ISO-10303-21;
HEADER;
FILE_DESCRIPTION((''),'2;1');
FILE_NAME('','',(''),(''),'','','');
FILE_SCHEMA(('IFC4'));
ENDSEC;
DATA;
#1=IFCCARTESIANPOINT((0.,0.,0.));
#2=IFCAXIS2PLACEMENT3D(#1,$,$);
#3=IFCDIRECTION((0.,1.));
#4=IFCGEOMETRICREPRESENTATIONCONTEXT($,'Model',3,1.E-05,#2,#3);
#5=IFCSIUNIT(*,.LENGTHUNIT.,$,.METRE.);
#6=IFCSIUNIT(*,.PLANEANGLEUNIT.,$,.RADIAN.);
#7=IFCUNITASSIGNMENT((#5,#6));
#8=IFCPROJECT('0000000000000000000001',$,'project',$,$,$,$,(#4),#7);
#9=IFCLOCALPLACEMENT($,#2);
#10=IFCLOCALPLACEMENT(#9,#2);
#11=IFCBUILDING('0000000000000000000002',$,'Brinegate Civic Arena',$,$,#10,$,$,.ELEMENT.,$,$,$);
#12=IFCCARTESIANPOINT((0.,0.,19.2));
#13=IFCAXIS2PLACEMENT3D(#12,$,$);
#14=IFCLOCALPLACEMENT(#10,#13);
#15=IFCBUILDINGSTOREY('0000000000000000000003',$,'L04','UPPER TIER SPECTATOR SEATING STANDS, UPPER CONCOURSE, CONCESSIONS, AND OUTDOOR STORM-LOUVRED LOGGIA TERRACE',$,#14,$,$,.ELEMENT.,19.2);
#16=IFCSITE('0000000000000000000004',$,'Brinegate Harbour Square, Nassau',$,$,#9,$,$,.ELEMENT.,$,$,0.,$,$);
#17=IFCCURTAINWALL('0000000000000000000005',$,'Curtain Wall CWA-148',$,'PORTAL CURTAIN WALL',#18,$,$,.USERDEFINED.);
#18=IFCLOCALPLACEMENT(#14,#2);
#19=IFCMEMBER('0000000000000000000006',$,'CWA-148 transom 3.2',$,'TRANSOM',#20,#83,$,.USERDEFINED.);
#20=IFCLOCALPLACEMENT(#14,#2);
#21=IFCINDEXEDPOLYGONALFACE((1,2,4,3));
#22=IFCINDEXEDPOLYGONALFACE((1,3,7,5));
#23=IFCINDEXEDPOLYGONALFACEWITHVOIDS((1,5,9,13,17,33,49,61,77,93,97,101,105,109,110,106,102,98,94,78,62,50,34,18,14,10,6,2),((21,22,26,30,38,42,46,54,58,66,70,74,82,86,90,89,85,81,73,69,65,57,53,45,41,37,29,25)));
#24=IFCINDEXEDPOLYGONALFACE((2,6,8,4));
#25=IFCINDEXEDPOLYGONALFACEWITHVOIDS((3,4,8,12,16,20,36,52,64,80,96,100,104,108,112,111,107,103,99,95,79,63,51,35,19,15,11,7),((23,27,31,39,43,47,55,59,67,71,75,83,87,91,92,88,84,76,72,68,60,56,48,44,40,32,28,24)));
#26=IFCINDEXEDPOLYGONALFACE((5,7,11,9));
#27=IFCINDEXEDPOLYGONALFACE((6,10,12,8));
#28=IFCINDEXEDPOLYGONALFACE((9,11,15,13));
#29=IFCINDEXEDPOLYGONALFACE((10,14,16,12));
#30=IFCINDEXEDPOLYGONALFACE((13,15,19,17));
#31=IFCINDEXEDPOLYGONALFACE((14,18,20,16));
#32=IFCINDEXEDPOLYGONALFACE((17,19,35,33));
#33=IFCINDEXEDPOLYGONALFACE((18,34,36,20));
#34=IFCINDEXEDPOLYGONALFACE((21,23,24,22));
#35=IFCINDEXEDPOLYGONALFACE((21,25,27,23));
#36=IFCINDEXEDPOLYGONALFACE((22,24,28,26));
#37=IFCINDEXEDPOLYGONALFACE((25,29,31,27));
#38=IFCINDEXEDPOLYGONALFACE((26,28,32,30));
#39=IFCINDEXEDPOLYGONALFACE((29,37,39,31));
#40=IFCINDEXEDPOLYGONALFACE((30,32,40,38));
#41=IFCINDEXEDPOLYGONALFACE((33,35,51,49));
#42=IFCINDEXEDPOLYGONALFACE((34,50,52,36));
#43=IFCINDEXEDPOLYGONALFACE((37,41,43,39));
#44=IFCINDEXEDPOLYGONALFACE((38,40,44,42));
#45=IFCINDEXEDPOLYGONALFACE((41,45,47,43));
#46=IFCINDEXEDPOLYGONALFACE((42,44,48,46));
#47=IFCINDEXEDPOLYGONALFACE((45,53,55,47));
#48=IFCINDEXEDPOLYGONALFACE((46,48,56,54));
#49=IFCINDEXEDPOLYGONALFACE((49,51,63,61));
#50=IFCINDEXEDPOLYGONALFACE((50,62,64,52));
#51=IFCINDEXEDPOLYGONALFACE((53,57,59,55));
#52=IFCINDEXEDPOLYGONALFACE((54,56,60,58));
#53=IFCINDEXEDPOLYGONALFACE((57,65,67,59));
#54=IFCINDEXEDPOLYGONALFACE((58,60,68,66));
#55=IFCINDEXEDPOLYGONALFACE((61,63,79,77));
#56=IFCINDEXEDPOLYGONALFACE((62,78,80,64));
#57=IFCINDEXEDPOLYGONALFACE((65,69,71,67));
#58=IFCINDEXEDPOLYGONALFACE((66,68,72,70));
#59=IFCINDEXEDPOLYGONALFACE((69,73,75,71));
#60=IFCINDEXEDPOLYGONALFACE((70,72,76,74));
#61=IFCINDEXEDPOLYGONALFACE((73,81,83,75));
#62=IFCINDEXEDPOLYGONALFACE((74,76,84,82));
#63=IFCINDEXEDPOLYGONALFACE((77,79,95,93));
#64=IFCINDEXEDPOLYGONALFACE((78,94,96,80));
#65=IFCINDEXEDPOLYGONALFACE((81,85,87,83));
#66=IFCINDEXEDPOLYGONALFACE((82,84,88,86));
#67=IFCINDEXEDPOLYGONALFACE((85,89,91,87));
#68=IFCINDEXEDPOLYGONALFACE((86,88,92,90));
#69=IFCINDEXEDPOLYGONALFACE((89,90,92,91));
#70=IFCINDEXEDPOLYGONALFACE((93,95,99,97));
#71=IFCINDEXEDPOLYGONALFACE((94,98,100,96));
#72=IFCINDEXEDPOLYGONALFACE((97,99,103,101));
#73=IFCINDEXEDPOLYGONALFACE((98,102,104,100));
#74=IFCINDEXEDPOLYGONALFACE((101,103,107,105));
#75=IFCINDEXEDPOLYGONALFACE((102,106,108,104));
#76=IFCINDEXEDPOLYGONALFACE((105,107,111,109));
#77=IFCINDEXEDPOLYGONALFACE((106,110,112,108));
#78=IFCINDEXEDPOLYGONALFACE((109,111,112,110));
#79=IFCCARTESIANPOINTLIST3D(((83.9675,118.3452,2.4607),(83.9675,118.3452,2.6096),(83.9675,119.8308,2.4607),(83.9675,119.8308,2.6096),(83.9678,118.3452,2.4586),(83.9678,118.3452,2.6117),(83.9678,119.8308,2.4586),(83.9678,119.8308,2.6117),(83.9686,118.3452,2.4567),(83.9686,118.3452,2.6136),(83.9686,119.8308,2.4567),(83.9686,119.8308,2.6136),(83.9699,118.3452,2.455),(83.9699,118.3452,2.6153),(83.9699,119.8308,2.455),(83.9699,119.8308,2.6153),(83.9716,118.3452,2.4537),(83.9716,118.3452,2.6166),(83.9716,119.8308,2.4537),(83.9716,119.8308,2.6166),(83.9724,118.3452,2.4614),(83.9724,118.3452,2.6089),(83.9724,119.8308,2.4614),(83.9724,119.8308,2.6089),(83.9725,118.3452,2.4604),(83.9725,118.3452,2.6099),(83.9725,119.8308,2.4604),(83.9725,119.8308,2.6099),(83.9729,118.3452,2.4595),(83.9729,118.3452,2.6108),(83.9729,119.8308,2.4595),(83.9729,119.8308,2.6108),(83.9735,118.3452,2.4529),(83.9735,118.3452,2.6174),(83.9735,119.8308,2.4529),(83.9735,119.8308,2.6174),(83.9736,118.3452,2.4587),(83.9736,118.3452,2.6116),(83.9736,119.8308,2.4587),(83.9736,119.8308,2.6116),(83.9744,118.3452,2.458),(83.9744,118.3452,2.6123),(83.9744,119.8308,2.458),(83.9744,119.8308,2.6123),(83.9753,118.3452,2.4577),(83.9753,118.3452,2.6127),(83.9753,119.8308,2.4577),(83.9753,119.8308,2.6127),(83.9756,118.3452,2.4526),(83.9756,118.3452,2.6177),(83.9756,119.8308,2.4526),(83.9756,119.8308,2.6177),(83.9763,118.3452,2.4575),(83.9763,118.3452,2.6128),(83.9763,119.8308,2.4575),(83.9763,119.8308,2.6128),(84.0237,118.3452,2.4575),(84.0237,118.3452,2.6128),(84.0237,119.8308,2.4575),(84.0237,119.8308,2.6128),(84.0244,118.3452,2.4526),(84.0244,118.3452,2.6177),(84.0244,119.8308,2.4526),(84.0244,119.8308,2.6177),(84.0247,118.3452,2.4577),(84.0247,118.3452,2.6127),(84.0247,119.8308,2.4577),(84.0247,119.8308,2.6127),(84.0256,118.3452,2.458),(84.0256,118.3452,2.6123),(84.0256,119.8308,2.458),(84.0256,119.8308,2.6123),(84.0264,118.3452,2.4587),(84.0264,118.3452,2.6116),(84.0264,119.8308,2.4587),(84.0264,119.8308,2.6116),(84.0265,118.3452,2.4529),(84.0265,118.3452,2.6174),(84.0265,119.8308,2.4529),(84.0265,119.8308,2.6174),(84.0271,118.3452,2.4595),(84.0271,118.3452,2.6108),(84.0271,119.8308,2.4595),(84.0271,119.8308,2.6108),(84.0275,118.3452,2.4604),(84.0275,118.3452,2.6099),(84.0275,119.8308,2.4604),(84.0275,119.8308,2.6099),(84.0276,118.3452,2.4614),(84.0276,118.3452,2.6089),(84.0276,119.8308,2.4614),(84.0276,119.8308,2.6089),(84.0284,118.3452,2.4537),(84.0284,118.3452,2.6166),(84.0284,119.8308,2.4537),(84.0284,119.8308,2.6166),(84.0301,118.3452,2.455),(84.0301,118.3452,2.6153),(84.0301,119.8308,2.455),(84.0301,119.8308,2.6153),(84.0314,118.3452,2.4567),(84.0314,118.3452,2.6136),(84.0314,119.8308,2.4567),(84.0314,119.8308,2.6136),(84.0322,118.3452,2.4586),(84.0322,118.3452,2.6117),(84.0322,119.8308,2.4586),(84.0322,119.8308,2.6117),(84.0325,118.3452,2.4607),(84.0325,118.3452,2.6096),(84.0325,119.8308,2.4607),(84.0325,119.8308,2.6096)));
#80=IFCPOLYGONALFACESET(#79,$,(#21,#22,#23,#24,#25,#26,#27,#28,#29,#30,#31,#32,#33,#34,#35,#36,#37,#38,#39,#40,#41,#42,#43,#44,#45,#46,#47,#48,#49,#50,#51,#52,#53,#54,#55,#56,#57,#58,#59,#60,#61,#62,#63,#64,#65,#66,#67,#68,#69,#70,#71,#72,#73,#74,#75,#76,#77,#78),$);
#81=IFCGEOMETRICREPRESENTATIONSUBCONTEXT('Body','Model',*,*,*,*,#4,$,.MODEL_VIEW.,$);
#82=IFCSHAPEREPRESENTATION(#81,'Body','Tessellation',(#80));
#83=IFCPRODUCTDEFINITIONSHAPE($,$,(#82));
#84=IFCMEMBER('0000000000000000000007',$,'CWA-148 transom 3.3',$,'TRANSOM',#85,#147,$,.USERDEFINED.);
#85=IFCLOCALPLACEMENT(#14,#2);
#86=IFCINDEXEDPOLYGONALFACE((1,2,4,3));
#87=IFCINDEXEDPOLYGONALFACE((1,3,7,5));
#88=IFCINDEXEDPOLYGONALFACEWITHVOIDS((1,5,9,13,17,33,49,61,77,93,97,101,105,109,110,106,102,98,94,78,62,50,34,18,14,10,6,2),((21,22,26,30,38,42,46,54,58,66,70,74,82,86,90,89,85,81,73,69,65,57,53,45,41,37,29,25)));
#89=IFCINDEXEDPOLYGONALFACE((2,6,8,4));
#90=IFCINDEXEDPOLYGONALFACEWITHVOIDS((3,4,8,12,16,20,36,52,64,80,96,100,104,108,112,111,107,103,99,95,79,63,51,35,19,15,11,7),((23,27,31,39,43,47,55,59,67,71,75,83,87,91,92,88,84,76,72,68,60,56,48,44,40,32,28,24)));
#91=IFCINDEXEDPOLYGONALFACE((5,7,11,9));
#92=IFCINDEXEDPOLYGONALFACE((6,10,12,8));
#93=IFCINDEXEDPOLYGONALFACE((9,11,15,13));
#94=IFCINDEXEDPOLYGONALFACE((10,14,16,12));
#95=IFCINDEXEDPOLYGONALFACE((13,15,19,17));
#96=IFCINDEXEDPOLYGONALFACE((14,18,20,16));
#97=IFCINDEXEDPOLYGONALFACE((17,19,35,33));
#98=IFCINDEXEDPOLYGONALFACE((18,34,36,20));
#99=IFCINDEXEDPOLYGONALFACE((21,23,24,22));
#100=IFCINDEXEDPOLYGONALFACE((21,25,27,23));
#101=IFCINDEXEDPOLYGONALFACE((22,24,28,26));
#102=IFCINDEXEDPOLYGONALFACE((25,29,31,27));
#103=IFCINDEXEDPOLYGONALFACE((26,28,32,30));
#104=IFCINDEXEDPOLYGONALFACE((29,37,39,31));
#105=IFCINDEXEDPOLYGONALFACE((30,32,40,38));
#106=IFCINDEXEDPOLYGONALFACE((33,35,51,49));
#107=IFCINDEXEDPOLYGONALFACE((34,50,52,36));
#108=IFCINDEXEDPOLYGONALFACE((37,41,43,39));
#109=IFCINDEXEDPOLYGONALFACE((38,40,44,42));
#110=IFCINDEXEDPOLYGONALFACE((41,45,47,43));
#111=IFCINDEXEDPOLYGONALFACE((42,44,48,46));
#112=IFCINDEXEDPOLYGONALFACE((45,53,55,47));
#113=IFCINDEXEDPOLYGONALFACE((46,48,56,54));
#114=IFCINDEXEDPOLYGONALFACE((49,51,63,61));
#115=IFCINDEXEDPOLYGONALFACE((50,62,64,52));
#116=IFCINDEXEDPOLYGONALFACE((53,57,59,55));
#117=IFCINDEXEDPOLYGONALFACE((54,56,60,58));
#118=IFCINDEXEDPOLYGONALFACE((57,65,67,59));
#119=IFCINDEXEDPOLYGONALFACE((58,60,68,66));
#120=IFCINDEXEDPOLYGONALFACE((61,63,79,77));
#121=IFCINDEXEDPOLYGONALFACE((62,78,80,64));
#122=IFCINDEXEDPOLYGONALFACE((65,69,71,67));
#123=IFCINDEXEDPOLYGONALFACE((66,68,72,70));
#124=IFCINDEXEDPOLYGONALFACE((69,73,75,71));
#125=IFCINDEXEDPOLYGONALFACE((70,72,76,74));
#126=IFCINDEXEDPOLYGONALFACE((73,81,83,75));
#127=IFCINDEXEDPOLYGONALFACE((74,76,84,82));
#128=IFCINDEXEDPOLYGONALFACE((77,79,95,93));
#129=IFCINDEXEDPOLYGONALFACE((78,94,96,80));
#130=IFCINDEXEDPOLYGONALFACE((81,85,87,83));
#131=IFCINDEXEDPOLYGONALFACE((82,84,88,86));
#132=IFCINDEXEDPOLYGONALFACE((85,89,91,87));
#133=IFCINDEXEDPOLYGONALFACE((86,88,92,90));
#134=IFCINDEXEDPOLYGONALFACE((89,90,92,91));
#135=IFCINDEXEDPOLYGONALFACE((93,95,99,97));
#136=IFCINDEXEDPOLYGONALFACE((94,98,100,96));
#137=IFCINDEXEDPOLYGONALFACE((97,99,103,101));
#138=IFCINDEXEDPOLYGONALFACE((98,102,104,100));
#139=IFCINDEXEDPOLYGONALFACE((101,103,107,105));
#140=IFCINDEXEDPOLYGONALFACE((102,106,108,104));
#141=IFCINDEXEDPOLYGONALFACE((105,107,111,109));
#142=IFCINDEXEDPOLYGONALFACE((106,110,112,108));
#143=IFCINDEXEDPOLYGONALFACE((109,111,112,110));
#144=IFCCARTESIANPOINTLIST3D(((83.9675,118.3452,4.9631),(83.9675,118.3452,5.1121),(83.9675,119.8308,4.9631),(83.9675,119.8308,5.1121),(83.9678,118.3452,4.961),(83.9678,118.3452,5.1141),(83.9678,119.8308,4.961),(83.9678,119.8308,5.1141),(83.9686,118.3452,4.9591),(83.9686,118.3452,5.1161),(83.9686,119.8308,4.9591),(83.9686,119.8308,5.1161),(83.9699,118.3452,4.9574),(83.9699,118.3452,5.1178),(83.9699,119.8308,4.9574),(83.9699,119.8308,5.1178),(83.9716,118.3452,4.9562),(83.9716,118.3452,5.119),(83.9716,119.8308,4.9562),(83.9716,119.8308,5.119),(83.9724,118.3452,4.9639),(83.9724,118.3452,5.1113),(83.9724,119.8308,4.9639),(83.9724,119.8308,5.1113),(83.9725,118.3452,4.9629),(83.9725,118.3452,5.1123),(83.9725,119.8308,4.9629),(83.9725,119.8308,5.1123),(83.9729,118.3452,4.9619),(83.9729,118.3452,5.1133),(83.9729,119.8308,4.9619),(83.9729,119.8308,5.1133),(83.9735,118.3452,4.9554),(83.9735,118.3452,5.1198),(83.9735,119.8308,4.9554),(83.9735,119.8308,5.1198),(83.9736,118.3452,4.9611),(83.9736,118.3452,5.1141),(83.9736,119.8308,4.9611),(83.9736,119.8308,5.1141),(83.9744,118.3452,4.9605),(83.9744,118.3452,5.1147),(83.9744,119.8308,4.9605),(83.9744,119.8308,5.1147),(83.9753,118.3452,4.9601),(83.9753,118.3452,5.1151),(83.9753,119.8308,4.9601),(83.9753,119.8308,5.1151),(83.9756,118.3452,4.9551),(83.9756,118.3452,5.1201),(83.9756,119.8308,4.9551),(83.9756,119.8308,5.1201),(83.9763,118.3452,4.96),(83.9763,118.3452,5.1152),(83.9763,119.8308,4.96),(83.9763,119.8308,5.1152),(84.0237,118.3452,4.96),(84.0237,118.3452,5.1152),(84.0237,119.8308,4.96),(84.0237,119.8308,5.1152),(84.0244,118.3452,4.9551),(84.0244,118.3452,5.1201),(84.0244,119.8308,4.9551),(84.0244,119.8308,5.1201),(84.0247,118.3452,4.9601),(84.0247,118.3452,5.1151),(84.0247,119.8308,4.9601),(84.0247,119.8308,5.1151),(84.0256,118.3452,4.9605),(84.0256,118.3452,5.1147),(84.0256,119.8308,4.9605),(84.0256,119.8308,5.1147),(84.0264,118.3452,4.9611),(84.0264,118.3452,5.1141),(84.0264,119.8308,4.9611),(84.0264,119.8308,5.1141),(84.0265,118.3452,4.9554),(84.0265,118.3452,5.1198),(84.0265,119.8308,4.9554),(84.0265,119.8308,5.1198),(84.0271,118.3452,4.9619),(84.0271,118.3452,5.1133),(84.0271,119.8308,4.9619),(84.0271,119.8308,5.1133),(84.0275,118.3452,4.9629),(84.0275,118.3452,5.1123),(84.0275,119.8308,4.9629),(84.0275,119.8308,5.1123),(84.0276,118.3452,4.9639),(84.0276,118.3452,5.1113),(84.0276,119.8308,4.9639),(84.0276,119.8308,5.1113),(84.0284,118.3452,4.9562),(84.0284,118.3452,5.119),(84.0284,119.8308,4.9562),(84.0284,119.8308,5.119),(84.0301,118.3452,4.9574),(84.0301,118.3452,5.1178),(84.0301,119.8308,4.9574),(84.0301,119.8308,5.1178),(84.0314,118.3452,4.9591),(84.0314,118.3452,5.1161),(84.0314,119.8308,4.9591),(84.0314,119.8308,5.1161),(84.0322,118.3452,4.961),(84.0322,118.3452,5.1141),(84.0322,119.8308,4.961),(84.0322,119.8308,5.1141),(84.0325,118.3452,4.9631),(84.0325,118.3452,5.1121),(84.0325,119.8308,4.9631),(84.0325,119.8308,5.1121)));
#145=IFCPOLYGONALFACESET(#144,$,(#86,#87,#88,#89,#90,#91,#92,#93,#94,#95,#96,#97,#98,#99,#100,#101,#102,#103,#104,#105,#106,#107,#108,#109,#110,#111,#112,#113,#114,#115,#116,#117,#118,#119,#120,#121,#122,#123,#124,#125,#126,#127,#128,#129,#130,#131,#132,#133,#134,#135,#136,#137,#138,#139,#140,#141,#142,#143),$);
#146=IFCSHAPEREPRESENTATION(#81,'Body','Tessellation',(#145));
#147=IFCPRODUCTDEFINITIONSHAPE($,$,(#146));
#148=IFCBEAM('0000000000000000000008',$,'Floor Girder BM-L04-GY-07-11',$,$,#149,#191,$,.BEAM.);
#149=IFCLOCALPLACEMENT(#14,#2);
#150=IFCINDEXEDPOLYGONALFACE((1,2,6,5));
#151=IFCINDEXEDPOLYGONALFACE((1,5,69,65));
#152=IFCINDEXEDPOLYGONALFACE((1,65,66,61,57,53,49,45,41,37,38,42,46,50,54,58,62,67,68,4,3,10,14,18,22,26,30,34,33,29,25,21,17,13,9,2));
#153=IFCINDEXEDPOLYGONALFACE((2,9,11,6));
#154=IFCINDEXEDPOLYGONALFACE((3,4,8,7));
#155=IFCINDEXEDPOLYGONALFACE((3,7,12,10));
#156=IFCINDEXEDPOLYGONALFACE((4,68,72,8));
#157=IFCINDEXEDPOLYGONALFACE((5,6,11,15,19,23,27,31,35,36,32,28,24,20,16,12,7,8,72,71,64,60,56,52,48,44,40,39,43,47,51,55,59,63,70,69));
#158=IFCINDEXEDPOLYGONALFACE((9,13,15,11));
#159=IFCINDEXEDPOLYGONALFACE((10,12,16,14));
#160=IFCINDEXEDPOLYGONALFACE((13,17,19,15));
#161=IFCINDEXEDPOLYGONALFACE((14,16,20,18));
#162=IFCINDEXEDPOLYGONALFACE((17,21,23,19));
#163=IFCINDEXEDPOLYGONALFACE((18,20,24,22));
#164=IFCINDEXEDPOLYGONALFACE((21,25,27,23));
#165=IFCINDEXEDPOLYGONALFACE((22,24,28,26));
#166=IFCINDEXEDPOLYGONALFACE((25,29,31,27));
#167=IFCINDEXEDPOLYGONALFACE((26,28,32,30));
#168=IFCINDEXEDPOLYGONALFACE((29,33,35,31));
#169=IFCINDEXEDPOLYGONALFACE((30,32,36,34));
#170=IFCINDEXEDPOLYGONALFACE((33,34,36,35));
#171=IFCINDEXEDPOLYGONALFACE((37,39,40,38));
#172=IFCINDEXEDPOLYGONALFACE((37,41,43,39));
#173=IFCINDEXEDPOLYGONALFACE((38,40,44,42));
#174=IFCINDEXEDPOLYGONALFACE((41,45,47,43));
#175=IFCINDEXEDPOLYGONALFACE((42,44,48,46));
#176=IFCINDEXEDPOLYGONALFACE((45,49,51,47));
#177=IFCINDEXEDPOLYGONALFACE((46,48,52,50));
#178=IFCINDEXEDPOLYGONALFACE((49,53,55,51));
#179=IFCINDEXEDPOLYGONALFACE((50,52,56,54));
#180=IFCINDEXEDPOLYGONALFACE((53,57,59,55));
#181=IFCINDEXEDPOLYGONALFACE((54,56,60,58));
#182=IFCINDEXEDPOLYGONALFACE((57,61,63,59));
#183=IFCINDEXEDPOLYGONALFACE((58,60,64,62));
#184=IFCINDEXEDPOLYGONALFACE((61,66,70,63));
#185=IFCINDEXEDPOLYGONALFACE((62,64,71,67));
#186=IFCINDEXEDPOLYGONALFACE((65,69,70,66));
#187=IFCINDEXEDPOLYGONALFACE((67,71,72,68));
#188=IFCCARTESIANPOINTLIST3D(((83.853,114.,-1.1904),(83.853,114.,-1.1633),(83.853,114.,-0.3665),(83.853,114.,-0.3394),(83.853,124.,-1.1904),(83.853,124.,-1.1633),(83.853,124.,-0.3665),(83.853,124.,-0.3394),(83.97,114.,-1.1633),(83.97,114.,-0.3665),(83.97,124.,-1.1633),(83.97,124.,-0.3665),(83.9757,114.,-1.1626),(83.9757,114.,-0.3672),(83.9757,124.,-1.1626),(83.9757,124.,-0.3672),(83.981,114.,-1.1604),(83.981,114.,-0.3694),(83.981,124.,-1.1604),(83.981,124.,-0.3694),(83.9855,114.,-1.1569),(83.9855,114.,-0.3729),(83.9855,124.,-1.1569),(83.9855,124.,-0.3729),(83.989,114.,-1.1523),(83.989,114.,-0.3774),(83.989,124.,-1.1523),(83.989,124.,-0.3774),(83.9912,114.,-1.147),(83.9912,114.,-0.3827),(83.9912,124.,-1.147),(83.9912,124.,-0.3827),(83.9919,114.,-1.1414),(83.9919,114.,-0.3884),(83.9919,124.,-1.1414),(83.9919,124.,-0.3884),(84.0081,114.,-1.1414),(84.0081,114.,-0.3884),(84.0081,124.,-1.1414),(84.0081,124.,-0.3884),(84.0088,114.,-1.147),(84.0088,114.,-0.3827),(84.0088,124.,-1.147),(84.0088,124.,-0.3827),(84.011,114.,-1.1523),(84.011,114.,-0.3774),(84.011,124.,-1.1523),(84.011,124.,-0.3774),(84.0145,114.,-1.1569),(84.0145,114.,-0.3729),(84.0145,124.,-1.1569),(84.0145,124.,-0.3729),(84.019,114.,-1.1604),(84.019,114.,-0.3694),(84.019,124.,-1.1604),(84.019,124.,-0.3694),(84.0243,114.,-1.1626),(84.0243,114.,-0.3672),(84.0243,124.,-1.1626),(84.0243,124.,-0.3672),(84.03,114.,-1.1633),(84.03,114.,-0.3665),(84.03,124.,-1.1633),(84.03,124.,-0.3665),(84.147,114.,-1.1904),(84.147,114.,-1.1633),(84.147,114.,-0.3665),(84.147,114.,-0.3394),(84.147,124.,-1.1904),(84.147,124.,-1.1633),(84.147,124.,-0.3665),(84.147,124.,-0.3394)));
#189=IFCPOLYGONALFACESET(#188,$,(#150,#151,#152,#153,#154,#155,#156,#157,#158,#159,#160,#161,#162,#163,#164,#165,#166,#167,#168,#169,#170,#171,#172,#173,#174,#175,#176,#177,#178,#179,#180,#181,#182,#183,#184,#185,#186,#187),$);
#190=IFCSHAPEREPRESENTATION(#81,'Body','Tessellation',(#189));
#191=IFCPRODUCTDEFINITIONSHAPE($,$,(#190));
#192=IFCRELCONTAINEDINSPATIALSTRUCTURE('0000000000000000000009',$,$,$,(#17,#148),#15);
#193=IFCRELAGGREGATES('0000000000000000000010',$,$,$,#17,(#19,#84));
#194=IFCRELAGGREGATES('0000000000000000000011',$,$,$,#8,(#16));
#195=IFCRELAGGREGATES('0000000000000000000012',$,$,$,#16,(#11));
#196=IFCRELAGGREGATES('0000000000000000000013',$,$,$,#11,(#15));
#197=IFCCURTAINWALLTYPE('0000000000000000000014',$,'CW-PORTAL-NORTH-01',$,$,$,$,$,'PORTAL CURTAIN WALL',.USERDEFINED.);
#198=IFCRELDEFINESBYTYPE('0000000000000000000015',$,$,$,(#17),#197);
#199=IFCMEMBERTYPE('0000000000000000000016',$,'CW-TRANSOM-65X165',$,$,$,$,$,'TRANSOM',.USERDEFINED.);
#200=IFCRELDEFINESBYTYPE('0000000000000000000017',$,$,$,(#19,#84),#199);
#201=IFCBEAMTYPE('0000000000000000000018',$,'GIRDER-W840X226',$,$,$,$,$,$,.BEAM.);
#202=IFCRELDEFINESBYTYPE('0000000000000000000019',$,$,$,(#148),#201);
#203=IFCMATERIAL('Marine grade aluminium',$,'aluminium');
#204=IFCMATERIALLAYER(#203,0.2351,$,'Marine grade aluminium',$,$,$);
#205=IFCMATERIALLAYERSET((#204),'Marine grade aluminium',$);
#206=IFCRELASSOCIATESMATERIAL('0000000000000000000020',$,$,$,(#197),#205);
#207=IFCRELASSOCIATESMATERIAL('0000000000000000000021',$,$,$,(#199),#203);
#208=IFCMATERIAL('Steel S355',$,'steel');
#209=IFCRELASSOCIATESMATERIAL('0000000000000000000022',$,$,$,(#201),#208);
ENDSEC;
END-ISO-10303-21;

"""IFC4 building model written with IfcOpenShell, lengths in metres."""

from ifc_helpers import new_model, si_unit, direction, frame, origin, origin_2d, place, context, subcontext, project, spatial, hollow_rectangle, i_section, extrude, material, layer, layer_set, material_profile, profile_set, type_object, element, aggregate, save


model = new_model("IFC4")

# Units and contexts
model_context = context("Model", 3, precision=1e-05, world=origin(), true_north=direction((0.0, 1.0)))
body_context = subcontext(model_context, "Body", "Model", "MODEL_VIEW")
ifc_project = project(units=[si_unit("LENGTHUNIT", "METRE"), si_unit("PLANEANGLEUNIT", "RADIAN")], contexts=[model_context])

# Site, building, storey
site_placement = place(None, origin())
site = spatial("IfcSite", under=ifc_project, at=site_placement, Name="Brinegate Harbour Square, Nassau", CompositionType="ELEMENT", RefElevation=0.0)
building_placement = place(site_placement, origin())
building = spatial("IfcBuilding", under=site, at=building_placement, Name="Brinegate Civic Arena", CompositionType="ELEMENT")
storey_placement = place(building_placement, frame((0.0, 0.0, 19.2)))
storey = spatial("IfcBuildingStorey", under=building, at=storey_placement, Name="L04", Description="UPPER TIER SPECTATOR SEATING STANDS, UPPER CONCOURSE, CONCESSIONS, AND OUTDOOR STORM-LOUVRED LOGGIA TERRACE", CompositionType="ELEMENT", Elevation=19.2)

# Curtain wall, members
ifc_material_1 = material(Name="Marine grade aluminium", Category="aluminium")
ifc_layer_1 = layer(ifc_material_1, 0.2351, Name="Marine grade aluminium")
ifc_layer_set_1 = layer_set([ifc_layer_1], Name="Marine grade aluminium")
curtain_wall_type = type_object("IfcCurtainWallType", Name="CW-PORTAL-NORTH-01", ElementType="PORTAL CURTAIN WALL", PredefinedType="USERDEFINED", material=ifc_layer_set_1)
curtain_wall_placement = place(storey_placement, origin())
curtain_wall = element("IfcCurtainWall", 1, at=curtain_wall_placement, inside=storey, type_object=curtain_wall_type, Name="Curtain Wall CWA-148", ObjectType="PORTAL CURTAIN WALL", PredefinedType="USERDEFINED")
ifc_material_profile_1 = material_profile(ifc_material_1, hollow_rectangle(XDim=0.0649, YDim=0.165, WallThickness=0.0049, InnerFilletRadius=0.0039, OuterFilletRadius=0.0081, at=origin_2d()), Name="TRN65X165")
ifc_profile_set_1 = profile_set([ifc_material_profile_1], Name="Marine grade aluminium")
member_type_1 = type_object("IfcMemberType", Name="CW-TRANSOM-65X165", ElementType="TRANSOM", PredefinedType="USERDEFINED", material=ifc_profile_set_1)
member_1_placement = place(storey_placement, frame((84.0, 118.3452, 2.5352), z_axis=(0.0, 1.0, 0.0), x_axis=(-1.0, 0.0, 0.0)))
member_1 = element("IfcMember", 2, at=member_1_placement, type_object=member_type_1, Name="CWA-148 transom 3.2", ObjectType="TRANSOM", PredefinedType="USERDEFINED", context=body_context, shape_type="SweptSolid", body=[
    extrude(hollow_rectangle(XDim=0.0649, YDim=0.165, WallThickness=0.0049, InnerFilletRadius=0.0039, OuterFilletRadius=0.0081, at=origin_2d()), origin(), (0.0, 0.0, 1.0), 1.4856),
])
member_2_placement = place(storey_placement, frame((84.0, 118.3452, 5.0376), z_axis=(0.0, 1.0, 0.0), x_axis=(-1.0, 0.0, 0.0)))
member_2 = element("IfcMember", 3, at=member_2_placement, type_object=member_type_1, Name="CWA-148 transom 3.3", ObjectType="TRANSOM", PredefinedType="USERDEFINED", context=body_context, shape_type="SweptSolid", body=[
    extrude(hollow_rectangle(XDim=0.0649, YDim=0.165, WallThickness=0.0049, InnerFilletRadius=0.0039, OuterFilletRadius=0.0081, at=origin_2d()), origin(), (0.0, 0.0, 1.0), 1.4856),
])

# Beam
ifc_material_2 = material(Name="Steel S355", Category="steel")
ifc_material_profile_2 = material_profile(ifc_material_2, i_section(OverallWidth=0.2939, OverallDepth=0.8511, WebThickness=0.0161, FlangeThickness=0.0271, FilletRadius=0.022, at=origin_2d()), Name="W840X226")
ifc_profile_set_2 = profile_set([ifc_material_profile_2], Name="Steel S355")
beam_type_1 = type_object("IfcBeamType", Name="GIRDER-W840X226", PredefinedType="BEAM", material=ifc_profile_set_2)
beam_1_placement = place(storey_placement, frame((84.0, 114.0, -0.7649), z_axis=(0.0, 1.0, 0.0), x_axis=(-1.0, 0.0, 0.0)))
element("IfcBeam", 4, at=beam_1_placement, inside=storey, type_object=beam_type_1, Name="Floor Girder BM-L04-GY-07-11", PredefinedType="BEAM", context=body_context, shape_type="SweptSolid", body=[
    extrude(i_section(OverallWidth=0.2939, OverallDepth=0.8511, WebThickness=0.0161, FlangeThickness=0.0271, FilletRadius=0.022, at=origin_2d()), origin(), (0.0, 0.0, 1.0), 10.0),
])

aggregate(curtain_wall, [member_1, member_2])

save(model, "model.ifc")
